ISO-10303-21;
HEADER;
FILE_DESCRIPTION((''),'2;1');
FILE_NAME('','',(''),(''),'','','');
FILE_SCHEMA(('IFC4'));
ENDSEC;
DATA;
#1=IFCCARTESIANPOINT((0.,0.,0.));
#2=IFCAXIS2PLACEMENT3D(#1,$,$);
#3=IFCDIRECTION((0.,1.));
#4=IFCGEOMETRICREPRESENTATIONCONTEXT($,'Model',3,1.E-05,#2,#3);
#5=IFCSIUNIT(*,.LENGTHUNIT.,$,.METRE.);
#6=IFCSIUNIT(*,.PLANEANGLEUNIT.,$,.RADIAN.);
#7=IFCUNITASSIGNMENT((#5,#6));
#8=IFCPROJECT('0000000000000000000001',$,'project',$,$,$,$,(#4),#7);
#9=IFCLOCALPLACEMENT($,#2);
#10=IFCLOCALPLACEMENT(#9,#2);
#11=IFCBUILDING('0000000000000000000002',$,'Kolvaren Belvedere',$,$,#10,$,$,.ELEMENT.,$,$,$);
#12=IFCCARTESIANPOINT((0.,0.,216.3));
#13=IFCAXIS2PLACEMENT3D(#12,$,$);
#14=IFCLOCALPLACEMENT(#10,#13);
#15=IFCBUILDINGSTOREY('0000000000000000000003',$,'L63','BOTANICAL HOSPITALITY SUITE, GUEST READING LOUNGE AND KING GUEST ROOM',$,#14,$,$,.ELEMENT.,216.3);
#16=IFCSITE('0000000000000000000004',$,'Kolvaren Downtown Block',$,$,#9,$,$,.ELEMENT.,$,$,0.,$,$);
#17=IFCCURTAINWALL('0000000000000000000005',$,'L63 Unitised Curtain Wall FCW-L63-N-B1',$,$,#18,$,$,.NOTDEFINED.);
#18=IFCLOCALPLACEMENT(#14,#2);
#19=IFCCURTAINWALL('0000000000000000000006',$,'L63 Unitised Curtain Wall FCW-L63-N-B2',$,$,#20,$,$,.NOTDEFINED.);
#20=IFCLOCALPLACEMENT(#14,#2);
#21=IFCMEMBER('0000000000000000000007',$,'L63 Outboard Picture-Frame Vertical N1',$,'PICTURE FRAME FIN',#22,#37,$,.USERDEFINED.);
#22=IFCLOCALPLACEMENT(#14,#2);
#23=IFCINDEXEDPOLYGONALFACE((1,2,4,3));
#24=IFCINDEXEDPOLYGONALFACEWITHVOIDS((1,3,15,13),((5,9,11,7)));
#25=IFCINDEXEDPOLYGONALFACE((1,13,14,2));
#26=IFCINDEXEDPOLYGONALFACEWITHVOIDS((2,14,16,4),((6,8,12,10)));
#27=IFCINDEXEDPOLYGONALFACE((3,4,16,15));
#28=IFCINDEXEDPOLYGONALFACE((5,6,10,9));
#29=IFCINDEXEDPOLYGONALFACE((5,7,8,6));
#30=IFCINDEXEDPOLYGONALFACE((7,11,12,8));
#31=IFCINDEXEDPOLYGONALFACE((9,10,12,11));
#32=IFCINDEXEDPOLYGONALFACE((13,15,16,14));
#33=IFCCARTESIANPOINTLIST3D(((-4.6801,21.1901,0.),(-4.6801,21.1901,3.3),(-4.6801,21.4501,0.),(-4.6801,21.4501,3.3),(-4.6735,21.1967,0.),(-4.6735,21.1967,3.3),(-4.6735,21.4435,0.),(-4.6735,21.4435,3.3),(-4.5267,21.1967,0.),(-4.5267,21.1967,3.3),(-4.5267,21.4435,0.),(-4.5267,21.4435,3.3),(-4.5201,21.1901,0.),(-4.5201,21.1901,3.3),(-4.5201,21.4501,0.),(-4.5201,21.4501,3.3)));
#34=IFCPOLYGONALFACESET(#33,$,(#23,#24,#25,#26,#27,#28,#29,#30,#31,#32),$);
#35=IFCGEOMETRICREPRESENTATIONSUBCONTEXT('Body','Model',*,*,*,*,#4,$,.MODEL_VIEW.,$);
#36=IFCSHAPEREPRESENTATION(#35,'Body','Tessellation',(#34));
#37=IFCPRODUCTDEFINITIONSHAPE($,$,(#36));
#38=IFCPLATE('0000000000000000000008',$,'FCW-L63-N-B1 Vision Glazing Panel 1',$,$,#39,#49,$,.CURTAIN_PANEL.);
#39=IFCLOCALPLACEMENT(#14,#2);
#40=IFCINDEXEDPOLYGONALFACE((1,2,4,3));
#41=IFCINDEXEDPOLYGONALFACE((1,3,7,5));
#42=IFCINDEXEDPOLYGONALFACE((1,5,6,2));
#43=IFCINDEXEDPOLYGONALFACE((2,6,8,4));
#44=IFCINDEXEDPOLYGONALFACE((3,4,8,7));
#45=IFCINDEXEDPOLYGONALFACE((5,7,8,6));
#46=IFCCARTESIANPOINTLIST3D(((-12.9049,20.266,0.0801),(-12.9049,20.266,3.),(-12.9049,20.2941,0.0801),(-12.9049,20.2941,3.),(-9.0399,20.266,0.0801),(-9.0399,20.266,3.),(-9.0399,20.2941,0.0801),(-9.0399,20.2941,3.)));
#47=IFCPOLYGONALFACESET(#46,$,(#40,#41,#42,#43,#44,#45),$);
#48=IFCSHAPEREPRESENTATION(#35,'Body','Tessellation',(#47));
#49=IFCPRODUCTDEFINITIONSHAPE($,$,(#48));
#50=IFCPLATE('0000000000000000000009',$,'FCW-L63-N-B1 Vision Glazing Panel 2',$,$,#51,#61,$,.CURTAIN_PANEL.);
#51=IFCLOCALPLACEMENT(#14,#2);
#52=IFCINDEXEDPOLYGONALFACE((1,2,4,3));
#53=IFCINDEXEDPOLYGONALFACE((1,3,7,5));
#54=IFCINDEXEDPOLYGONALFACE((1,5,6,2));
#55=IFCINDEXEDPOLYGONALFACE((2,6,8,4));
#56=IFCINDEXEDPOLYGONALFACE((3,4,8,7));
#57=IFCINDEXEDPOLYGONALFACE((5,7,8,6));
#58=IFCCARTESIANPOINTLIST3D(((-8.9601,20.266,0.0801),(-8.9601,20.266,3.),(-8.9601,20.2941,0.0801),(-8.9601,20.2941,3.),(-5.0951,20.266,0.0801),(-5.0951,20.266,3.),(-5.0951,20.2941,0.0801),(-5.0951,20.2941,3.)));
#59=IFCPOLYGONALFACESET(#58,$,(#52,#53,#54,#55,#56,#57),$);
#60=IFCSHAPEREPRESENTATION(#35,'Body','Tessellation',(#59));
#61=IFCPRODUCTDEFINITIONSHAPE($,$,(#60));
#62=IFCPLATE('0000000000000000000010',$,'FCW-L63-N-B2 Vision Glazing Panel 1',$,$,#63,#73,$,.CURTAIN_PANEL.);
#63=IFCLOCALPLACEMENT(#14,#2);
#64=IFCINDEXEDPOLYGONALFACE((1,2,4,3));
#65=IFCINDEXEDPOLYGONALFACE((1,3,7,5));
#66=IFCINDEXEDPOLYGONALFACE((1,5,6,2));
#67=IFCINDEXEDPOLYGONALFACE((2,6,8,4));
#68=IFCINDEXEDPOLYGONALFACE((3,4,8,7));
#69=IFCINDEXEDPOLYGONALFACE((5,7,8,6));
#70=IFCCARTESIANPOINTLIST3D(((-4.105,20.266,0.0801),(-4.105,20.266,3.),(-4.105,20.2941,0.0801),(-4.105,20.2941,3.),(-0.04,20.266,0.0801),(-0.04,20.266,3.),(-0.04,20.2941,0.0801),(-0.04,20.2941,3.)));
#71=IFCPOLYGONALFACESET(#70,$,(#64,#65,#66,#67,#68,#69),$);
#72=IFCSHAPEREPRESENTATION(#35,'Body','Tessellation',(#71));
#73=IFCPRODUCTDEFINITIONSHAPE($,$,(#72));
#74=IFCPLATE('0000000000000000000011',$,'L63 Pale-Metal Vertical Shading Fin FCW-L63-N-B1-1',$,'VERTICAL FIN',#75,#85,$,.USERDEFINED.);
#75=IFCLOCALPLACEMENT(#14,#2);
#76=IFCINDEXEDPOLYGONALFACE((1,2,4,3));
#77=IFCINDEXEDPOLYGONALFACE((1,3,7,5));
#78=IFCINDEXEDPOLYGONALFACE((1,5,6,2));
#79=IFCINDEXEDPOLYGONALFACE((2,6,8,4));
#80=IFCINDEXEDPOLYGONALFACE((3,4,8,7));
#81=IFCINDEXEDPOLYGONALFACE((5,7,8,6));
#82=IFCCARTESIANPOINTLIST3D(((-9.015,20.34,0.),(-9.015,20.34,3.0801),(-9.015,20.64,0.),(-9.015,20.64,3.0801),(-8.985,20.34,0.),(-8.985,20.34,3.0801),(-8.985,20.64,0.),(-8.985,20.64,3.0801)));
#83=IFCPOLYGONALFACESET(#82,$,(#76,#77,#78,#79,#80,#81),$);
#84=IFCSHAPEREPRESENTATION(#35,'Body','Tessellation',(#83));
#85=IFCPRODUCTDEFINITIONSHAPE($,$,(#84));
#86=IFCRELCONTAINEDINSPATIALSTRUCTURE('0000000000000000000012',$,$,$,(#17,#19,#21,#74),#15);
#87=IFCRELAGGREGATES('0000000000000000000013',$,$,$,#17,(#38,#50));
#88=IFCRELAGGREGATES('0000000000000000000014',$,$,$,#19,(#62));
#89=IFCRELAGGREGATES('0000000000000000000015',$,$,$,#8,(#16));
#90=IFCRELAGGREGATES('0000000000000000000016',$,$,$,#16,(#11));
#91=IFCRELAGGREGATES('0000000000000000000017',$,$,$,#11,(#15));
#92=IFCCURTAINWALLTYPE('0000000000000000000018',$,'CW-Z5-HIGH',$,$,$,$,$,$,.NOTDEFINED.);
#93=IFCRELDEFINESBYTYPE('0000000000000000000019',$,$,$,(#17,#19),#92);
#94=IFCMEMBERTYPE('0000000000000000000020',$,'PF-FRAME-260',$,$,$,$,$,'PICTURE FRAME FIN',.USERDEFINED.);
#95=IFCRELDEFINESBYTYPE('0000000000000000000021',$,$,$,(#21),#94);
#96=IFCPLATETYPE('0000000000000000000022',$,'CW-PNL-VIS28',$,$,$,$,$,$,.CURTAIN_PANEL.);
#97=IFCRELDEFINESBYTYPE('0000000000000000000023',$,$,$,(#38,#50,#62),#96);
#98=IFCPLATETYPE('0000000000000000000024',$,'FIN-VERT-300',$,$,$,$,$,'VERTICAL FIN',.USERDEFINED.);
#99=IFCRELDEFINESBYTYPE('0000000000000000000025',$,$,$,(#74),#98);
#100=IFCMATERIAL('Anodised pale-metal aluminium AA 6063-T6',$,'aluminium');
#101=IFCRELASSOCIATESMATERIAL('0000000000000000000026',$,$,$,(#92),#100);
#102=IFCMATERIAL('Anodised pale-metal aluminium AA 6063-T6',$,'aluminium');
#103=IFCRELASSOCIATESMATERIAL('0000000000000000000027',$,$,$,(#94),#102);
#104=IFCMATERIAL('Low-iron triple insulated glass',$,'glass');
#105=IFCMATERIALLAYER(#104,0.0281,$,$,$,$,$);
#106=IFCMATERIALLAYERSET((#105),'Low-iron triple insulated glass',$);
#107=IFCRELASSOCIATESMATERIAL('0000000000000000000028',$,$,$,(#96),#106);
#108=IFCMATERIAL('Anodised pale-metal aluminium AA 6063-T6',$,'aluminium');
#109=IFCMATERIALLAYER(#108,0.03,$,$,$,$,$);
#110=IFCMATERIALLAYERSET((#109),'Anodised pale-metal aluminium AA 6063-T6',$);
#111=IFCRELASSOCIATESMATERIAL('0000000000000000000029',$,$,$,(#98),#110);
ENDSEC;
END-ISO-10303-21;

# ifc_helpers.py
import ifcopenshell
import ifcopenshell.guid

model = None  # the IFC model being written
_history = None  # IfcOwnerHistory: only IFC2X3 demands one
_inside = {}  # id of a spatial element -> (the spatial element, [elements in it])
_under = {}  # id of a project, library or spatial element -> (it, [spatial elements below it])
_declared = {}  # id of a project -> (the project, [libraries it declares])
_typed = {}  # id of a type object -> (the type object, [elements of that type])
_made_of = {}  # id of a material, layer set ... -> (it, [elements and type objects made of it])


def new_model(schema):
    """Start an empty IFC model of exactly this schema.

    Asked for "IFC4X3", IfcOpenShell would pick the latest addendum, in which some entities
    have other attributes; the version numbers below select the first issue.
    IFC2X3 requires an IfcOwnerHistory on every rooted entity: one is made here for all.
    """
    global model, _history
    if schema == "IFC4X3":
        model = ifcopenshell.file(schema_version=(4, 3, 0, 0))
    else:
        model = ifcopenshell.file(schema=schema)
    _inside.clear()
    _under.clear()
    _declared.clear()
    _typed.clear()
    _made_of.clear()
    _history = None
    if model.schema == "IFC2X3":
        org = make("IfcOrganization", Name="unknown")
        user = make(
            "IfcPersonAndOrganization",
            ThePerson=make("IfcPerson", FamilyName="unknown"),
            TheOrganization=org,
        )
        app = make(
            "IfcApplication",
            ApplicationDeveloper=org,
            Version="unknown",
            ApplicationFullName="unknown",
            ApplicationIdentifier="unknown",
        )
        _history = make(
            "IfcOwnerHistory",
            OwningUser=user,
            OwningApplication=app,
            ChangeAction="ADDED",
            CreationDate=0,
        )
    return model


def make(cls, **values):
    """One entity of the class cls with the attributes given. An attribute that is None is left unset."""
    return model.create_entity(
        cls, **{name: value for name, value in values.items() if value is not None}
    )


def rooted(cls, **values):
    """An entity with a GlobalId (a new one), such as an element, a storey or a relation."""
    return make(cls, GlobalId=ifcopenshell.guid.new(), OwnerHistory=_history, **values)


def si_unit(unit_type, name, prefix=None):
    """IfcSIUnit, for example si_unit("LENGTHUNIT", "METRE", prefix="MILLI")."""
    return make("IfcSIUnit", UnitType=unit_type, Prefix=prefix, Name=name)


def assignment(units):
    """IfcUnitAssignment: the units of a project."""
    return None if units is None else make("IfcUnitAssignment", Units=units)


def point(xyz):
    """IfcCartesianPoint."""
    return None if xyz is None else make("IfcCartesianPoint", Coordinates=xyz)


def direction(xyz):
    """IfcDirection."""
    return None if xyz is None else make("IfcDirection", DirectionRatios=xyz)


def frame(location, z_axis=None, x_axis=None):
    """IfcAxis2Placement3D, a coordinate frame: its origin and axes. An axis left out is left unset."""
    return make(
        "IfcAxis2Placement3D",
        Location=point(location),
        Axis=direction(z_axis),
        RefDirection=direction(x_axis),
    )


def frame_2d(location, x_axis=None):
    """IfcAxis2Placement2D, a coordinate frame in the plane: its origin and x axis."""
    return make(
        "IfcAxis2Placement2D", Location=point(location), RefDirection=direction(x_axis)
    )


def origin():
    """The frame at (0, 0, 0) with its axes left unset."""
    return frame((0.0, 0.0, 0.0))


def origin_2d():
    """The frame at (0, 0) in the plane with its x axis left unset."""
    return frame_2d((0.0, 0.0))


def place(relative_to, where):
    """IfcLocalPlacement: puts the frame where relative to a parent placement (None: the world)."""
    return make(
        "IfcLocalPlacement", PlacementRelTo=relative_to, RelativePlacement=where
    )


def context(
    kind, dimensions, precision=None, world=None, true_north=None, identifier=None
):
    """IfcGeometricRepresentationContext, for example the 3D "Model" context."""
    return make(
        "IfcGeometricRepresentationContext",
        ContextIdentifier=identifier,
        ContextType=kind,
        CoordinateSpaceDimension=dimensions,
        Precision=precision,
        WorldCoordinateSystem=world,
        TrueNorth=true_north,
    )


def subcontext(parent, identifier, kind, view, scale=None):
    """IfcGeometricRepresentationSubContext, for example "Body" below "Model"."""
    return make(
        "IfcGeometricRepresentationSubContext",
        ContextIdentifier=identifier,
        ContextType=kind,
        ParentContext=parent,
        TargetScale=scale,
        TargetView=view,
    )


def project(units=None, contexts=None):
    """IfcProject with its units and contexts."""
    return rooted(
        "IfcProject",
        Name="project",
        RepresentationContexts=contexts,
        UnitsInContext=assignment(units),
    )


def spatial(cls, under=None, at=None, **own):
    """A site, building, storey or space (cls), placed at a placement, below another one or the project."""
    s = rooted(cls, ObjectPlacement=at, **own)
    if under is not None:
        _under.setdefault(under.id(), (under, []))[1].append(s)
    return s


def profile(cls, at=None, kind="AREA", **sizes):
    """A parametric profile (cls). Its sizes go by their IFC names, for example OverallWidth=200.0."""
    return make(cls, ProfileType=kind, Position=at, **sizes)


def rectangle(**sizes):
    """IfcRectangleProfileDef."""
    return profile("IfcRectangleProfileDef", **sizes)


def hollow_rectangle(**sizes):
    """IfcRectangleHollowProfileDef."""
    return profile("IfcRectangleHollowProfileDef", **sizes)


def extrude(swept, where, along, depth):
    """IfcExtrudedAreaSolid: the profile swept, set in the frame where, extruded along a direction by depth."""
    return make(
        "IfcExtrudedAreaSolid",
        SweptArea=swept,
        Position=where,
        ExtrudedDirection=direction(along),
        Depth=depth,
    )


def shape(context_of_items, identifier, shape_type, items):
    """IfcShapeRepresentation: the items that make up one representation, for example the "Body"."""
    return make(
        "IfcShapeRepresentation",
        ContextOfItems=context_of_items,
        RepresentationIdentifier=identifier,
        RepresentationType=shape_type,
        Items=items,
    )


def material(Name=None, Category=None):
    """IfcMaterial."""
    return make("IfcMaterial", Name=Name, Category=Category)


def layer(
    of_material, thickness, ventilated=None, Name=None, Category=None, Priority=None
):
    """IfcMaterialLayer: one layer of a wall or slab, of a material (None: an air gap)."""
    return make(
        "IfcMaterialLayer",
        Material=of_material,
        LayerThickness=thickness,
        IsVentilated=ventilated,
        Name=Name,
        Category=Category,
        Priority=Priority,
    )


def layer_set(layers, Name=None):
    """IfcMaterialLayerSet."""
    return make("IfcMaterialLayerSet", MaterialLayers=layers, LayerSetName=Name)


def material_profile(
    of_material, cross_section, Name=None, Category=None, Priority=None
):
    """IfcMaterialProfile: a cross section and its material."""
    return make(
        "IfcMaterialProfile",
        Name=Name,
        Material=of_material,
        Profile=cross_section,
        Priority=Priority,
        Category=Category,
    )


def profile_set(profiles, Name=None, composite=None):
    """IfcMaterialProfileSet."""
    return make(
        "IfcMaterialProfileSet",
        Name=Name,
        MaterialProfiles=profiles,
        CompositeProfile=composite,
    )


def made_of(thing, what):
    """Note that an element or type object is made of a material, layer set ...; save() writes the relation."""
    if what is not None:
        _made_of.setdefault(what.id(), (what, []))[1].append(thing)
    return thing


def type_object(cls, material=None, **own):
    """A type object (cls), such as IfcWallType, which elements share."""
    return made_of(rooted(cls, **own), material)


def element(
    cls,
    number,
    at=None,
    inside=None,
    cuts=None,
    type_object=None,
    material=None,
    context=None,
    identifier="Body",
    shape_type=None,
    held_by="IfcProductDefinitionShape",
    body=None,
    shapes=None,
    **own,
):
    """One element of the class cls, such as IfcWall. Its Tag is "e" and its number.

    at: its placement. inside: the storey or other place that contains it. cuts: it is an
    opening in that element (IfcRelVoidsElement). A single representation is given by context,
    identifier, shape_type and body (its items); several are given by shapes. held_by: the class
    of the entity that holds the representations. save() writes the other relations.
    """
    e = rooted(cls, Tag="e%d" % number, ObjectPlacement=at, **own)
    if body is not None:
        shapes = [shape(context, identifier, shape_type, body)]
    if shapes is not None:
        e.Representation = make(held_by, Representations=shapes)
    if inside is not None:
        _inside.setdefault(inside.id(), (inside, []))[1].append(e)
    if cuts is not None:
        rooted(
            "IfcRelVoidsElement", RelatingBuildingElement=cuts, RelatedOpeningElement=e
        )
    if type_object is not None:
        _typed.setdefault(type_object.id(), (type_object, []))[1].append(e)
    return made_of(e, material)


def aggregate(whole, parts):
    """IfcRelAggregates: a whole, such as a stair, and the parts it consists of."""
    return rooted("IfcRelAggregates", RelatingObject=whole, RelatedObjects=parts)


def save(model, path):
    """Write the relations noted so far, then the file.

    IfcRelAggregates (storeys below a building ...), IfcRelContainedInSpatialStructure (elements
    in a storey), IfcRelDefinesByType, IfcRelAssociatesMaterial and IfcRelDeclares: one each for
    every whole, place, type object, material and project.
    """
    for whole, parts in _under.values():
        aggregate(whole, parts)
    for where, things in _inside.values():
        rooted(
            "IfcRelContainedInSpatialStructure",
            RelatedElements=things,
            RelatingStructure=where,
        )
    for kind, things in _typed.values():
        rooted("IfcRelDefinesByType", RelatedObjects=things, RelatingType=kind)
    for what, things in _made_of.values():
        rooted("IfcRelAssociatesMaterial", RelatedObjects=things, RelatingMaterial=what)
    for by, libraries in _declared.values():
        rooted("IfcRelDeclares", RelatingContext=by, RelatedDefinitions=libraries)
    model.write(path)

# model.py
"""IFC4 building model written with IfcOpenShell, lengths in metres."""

from ifc_helpers import new_model, si_unit, direction, frame, origin, origin_2d, place, context, subcontext, project, spatial, rectangle, hollow_rectangle, extrude, material, layer, layer_set, material_profile, profile_set, type_object, element, aggregate, save


model = new_model("IFC4")

# Units and contexts
model_context = context("Model", 3, precision=1e-05, world=origin(), true_north=direction((0.0, 1.0)))
body_context = subcontext(model_context, "Body", "Model", "MODEL_VIEW")
ifc_project = project(units=[si_unit("LENGTHUNIT", "METRE"), si_unit("PLANEANGLEUNIT", "RADIAN")], contexts=[model_context])

# Site, building, storey
site_placement = place(None, origin())
site = spatial("IfcSite", under=ifc_project, at=site_placement, Name="Kolvaren Downtown Block", CompositionType="ELEMENT", RefElevation=0.0)
building_placement = place(site_placement, origin())
building = spatial("IfcBuilding", under=site, at=building_placement, Name="Kolvaren Belvedere", CompositionType="ELEMENT")
storey_placement = place(building_placement, frame((0.0, 0.0, 216.3)))
storey = spatial("IfcBuildingStorey", under=building, at=storey_placement, Name="L63", Description="BOTANICAL HOSPITALITY SUITE, GUEST READING LOUNGE AND KING GUEST ROOM", CompositionType="ELEMENT", Elevation=216.3)

# Curtain walls
ifc_material_1 = material(Name="Anodised pale-metal aluminium AA 6063-T6", Category="aluminium")
curtain_wall_type = type_object("IfcCurtainWallType", Name="CW-Z5-HIGH", PredefinedType="NOTDEFINED", material=ifc_material_1)
curtain_wall_1_placement = place(storey_placement, origin())
curtain_wall_1 = element("IfcCurtainWall", 1, at=curtain_wall_1_placement, inside=storey, type_object=curtain_wall_type, Name="L63 Unitised Curtain Wall FCW-L63-N-B1", PredefinedType="NOTDEFINED")
curtain_wall_2_placement = place(storey_placement, origin())
curtain_wall_2 = element("IfcCurtainWall", 2, at=curtain_wall_2_placement, inside=storey, type_object=curtain_wall_type, Name="L63 Unitised Curtain Wall FCW-L63-N-B2", PredefinedType="NOTDEFINED")

# Member
ifc_material_2 = material(Name="Anodised pale-metal aluminium AA 6063-T6", Category="aluminium")
ifc_material_profile_1 = material_profile(ifc_material_2, hollow_rectangle(XDim=0.1599, YDim=0.26, WallThickness=0.0066, at=origin_2d()), Name="ALU-PF-260X160")
ifc_profile_set_1 = profile_set([ifc_material_profile_1], Name="Anodised pale-metal aluminium AA 6063-T6")
member_type_1 = type_object("IfcMemberType", Name="PF-FRAME-260", ElementType="PICTURE FRAME FIN", PredefinedType="USERDEFINED", material=ifc_profile_set_1)
member_1_placement = place(storey_placement, frame((-4.6001, 21.3201, 0.0), z_axis=(0.0, 0.0, 1.0), x_axis=(1.0, 0.0, 0.0)))
element("IfcMember", 3, at=member_1_placement, inside=storey, type_object=member_type_1, Name="L63 Outboard Picture-Frame Vertical N1", ObjectType="PICTURE FRAME FIN", PredefinedType="USERDEFINED", context=body_context, shape_type="SweptSolid", body=[
    extrude(hollow_rectangle(XDim=0.1599, YDim=0.26, WallThickness=0.0066, at=origin_2d()), origin(), (0.0, 0.0, 1.0), 3.3),
])

# Plates
ifc_material_3 = material(Name="Low-iron triple insulated glass", Category="glass")
ifc_layer_1 = layer(ifc_material_3, 0.0281)
ifc_layer_set_1 = layer_set([ifc_layer_1], Name="Low-iron triple insulated glass")
plate_type_1 = type_object("IfcPlateType", Name="CW-PNL-VIS28", PredefinedType="CURTAIN_PANEL", material=ifc_layer_set_1)
plate_1_placement = place(storey_placement, frame((-10.9724, 20.28, 0.0801), z_axis=(0.0, 0.0, 1.0), x_axis=(1.0, 0.0, 0.0)))
plate_1 = element("IfcPlate", 4, at=plate_1_placement, type_object=plate_type_1, Name="FCW-L63-N-B1 Vision Glazing Panel 1", PredefinedType="CURTAIN_PANEL", context=body_context, shape_type="SweptSolid", body=[
    extrude(rectangle(XDim=3.865, YDim=0.0281, at=origin_2d()), origin(), (0.0, 0.0, 1.0), 2.9199),
])
plate_2_placement = place(storey_placement, frame((-7.0276, 20.28, 0.0801), z_axis=(0.0, 0.0, 1.0), x_axis=(1.0, 0.0, 0.0)))
plate_2 = element("IfcPlate", 5, at=plate_2_placement, type_object=plate_type_1, Name="FCW-L63-N-B1 Vision Glazing Panel 2", PredefinedType="CURTAIN_PANEL", context=body_context, shape_type="SweptSolid", body=[
    extrude(rectangle(XDim=3.865, YDim=0.0281, at=origin_2d()), origin(), (0.0, 0.0, 1.0), 2.9199),
])
aggregate(curtain_wall_1, [plate_1, plate_2])
plate_3_placement = place(storey_placement, frame((-2.0725, 20.28, 0.0801), z_axis=(0.0, 0.0, 1.0), x_axis=(1.0, 0.0, 0.0)))
plate_3 = element("IfcPlate", 6, at=plate_3_placement, type_object=plate_type_1, Name="FCW-L63-N-B2 Vision Glazing Panel 1", PredefinedType="CURTAIN_PANEL", context=body_context, shape_type="SweptSolid", body=[
    extrude(rectangle(XDim=4.0649, YDim=0.0281, at=origin_2d()), origin(), (0.0, 0.0, 1.0), 2.9199),
])
aggregate(curtain_wall_2, [plate_3])
ifc_material_4 = material(Name="Anodised pale-metal aluminium AA 6063-T6", Category="aluminium")
ifc_layer_2 = layer(ifc_material_4, 0.03)
ifc_layer_set_2 = layer_set([ifc_layer_2], Name="Anodised pale-metal aluminium AA 6063-T6")
plate_type_2 = type_object("IfcPlateType", Name="FIN-VERT-300", ElementType="VERTICAL FIN", PredefinedType="USERDEFINED", material=ifc_layer_set_2)
plate_4_placement = place(storey_placement, frame((-9.0, 20.49, 0.0), z_axis=(0.0, 0.0, 1.0), x_axis=(0.0, 1.0, 0.0)))
element("IfcPlate", 7, at=plate_4_placement, inside=storey, type_object=plate_type_2, Name="L63 Pale-Metal Vertical Shading Fin FCW-L63-N-B1-1", ObjectType="VERTICAL FIN", PredefinedType="USERDEFINED", context=body_context, shape_type="SweptSolid", body=[
    extrude(rectangle(XDim=0.3, YDim=0.03, at=origin_2d()), origin(), (0.0, 0.0, 1.0), 3.0801),
])

save(model, "model.ifc")
